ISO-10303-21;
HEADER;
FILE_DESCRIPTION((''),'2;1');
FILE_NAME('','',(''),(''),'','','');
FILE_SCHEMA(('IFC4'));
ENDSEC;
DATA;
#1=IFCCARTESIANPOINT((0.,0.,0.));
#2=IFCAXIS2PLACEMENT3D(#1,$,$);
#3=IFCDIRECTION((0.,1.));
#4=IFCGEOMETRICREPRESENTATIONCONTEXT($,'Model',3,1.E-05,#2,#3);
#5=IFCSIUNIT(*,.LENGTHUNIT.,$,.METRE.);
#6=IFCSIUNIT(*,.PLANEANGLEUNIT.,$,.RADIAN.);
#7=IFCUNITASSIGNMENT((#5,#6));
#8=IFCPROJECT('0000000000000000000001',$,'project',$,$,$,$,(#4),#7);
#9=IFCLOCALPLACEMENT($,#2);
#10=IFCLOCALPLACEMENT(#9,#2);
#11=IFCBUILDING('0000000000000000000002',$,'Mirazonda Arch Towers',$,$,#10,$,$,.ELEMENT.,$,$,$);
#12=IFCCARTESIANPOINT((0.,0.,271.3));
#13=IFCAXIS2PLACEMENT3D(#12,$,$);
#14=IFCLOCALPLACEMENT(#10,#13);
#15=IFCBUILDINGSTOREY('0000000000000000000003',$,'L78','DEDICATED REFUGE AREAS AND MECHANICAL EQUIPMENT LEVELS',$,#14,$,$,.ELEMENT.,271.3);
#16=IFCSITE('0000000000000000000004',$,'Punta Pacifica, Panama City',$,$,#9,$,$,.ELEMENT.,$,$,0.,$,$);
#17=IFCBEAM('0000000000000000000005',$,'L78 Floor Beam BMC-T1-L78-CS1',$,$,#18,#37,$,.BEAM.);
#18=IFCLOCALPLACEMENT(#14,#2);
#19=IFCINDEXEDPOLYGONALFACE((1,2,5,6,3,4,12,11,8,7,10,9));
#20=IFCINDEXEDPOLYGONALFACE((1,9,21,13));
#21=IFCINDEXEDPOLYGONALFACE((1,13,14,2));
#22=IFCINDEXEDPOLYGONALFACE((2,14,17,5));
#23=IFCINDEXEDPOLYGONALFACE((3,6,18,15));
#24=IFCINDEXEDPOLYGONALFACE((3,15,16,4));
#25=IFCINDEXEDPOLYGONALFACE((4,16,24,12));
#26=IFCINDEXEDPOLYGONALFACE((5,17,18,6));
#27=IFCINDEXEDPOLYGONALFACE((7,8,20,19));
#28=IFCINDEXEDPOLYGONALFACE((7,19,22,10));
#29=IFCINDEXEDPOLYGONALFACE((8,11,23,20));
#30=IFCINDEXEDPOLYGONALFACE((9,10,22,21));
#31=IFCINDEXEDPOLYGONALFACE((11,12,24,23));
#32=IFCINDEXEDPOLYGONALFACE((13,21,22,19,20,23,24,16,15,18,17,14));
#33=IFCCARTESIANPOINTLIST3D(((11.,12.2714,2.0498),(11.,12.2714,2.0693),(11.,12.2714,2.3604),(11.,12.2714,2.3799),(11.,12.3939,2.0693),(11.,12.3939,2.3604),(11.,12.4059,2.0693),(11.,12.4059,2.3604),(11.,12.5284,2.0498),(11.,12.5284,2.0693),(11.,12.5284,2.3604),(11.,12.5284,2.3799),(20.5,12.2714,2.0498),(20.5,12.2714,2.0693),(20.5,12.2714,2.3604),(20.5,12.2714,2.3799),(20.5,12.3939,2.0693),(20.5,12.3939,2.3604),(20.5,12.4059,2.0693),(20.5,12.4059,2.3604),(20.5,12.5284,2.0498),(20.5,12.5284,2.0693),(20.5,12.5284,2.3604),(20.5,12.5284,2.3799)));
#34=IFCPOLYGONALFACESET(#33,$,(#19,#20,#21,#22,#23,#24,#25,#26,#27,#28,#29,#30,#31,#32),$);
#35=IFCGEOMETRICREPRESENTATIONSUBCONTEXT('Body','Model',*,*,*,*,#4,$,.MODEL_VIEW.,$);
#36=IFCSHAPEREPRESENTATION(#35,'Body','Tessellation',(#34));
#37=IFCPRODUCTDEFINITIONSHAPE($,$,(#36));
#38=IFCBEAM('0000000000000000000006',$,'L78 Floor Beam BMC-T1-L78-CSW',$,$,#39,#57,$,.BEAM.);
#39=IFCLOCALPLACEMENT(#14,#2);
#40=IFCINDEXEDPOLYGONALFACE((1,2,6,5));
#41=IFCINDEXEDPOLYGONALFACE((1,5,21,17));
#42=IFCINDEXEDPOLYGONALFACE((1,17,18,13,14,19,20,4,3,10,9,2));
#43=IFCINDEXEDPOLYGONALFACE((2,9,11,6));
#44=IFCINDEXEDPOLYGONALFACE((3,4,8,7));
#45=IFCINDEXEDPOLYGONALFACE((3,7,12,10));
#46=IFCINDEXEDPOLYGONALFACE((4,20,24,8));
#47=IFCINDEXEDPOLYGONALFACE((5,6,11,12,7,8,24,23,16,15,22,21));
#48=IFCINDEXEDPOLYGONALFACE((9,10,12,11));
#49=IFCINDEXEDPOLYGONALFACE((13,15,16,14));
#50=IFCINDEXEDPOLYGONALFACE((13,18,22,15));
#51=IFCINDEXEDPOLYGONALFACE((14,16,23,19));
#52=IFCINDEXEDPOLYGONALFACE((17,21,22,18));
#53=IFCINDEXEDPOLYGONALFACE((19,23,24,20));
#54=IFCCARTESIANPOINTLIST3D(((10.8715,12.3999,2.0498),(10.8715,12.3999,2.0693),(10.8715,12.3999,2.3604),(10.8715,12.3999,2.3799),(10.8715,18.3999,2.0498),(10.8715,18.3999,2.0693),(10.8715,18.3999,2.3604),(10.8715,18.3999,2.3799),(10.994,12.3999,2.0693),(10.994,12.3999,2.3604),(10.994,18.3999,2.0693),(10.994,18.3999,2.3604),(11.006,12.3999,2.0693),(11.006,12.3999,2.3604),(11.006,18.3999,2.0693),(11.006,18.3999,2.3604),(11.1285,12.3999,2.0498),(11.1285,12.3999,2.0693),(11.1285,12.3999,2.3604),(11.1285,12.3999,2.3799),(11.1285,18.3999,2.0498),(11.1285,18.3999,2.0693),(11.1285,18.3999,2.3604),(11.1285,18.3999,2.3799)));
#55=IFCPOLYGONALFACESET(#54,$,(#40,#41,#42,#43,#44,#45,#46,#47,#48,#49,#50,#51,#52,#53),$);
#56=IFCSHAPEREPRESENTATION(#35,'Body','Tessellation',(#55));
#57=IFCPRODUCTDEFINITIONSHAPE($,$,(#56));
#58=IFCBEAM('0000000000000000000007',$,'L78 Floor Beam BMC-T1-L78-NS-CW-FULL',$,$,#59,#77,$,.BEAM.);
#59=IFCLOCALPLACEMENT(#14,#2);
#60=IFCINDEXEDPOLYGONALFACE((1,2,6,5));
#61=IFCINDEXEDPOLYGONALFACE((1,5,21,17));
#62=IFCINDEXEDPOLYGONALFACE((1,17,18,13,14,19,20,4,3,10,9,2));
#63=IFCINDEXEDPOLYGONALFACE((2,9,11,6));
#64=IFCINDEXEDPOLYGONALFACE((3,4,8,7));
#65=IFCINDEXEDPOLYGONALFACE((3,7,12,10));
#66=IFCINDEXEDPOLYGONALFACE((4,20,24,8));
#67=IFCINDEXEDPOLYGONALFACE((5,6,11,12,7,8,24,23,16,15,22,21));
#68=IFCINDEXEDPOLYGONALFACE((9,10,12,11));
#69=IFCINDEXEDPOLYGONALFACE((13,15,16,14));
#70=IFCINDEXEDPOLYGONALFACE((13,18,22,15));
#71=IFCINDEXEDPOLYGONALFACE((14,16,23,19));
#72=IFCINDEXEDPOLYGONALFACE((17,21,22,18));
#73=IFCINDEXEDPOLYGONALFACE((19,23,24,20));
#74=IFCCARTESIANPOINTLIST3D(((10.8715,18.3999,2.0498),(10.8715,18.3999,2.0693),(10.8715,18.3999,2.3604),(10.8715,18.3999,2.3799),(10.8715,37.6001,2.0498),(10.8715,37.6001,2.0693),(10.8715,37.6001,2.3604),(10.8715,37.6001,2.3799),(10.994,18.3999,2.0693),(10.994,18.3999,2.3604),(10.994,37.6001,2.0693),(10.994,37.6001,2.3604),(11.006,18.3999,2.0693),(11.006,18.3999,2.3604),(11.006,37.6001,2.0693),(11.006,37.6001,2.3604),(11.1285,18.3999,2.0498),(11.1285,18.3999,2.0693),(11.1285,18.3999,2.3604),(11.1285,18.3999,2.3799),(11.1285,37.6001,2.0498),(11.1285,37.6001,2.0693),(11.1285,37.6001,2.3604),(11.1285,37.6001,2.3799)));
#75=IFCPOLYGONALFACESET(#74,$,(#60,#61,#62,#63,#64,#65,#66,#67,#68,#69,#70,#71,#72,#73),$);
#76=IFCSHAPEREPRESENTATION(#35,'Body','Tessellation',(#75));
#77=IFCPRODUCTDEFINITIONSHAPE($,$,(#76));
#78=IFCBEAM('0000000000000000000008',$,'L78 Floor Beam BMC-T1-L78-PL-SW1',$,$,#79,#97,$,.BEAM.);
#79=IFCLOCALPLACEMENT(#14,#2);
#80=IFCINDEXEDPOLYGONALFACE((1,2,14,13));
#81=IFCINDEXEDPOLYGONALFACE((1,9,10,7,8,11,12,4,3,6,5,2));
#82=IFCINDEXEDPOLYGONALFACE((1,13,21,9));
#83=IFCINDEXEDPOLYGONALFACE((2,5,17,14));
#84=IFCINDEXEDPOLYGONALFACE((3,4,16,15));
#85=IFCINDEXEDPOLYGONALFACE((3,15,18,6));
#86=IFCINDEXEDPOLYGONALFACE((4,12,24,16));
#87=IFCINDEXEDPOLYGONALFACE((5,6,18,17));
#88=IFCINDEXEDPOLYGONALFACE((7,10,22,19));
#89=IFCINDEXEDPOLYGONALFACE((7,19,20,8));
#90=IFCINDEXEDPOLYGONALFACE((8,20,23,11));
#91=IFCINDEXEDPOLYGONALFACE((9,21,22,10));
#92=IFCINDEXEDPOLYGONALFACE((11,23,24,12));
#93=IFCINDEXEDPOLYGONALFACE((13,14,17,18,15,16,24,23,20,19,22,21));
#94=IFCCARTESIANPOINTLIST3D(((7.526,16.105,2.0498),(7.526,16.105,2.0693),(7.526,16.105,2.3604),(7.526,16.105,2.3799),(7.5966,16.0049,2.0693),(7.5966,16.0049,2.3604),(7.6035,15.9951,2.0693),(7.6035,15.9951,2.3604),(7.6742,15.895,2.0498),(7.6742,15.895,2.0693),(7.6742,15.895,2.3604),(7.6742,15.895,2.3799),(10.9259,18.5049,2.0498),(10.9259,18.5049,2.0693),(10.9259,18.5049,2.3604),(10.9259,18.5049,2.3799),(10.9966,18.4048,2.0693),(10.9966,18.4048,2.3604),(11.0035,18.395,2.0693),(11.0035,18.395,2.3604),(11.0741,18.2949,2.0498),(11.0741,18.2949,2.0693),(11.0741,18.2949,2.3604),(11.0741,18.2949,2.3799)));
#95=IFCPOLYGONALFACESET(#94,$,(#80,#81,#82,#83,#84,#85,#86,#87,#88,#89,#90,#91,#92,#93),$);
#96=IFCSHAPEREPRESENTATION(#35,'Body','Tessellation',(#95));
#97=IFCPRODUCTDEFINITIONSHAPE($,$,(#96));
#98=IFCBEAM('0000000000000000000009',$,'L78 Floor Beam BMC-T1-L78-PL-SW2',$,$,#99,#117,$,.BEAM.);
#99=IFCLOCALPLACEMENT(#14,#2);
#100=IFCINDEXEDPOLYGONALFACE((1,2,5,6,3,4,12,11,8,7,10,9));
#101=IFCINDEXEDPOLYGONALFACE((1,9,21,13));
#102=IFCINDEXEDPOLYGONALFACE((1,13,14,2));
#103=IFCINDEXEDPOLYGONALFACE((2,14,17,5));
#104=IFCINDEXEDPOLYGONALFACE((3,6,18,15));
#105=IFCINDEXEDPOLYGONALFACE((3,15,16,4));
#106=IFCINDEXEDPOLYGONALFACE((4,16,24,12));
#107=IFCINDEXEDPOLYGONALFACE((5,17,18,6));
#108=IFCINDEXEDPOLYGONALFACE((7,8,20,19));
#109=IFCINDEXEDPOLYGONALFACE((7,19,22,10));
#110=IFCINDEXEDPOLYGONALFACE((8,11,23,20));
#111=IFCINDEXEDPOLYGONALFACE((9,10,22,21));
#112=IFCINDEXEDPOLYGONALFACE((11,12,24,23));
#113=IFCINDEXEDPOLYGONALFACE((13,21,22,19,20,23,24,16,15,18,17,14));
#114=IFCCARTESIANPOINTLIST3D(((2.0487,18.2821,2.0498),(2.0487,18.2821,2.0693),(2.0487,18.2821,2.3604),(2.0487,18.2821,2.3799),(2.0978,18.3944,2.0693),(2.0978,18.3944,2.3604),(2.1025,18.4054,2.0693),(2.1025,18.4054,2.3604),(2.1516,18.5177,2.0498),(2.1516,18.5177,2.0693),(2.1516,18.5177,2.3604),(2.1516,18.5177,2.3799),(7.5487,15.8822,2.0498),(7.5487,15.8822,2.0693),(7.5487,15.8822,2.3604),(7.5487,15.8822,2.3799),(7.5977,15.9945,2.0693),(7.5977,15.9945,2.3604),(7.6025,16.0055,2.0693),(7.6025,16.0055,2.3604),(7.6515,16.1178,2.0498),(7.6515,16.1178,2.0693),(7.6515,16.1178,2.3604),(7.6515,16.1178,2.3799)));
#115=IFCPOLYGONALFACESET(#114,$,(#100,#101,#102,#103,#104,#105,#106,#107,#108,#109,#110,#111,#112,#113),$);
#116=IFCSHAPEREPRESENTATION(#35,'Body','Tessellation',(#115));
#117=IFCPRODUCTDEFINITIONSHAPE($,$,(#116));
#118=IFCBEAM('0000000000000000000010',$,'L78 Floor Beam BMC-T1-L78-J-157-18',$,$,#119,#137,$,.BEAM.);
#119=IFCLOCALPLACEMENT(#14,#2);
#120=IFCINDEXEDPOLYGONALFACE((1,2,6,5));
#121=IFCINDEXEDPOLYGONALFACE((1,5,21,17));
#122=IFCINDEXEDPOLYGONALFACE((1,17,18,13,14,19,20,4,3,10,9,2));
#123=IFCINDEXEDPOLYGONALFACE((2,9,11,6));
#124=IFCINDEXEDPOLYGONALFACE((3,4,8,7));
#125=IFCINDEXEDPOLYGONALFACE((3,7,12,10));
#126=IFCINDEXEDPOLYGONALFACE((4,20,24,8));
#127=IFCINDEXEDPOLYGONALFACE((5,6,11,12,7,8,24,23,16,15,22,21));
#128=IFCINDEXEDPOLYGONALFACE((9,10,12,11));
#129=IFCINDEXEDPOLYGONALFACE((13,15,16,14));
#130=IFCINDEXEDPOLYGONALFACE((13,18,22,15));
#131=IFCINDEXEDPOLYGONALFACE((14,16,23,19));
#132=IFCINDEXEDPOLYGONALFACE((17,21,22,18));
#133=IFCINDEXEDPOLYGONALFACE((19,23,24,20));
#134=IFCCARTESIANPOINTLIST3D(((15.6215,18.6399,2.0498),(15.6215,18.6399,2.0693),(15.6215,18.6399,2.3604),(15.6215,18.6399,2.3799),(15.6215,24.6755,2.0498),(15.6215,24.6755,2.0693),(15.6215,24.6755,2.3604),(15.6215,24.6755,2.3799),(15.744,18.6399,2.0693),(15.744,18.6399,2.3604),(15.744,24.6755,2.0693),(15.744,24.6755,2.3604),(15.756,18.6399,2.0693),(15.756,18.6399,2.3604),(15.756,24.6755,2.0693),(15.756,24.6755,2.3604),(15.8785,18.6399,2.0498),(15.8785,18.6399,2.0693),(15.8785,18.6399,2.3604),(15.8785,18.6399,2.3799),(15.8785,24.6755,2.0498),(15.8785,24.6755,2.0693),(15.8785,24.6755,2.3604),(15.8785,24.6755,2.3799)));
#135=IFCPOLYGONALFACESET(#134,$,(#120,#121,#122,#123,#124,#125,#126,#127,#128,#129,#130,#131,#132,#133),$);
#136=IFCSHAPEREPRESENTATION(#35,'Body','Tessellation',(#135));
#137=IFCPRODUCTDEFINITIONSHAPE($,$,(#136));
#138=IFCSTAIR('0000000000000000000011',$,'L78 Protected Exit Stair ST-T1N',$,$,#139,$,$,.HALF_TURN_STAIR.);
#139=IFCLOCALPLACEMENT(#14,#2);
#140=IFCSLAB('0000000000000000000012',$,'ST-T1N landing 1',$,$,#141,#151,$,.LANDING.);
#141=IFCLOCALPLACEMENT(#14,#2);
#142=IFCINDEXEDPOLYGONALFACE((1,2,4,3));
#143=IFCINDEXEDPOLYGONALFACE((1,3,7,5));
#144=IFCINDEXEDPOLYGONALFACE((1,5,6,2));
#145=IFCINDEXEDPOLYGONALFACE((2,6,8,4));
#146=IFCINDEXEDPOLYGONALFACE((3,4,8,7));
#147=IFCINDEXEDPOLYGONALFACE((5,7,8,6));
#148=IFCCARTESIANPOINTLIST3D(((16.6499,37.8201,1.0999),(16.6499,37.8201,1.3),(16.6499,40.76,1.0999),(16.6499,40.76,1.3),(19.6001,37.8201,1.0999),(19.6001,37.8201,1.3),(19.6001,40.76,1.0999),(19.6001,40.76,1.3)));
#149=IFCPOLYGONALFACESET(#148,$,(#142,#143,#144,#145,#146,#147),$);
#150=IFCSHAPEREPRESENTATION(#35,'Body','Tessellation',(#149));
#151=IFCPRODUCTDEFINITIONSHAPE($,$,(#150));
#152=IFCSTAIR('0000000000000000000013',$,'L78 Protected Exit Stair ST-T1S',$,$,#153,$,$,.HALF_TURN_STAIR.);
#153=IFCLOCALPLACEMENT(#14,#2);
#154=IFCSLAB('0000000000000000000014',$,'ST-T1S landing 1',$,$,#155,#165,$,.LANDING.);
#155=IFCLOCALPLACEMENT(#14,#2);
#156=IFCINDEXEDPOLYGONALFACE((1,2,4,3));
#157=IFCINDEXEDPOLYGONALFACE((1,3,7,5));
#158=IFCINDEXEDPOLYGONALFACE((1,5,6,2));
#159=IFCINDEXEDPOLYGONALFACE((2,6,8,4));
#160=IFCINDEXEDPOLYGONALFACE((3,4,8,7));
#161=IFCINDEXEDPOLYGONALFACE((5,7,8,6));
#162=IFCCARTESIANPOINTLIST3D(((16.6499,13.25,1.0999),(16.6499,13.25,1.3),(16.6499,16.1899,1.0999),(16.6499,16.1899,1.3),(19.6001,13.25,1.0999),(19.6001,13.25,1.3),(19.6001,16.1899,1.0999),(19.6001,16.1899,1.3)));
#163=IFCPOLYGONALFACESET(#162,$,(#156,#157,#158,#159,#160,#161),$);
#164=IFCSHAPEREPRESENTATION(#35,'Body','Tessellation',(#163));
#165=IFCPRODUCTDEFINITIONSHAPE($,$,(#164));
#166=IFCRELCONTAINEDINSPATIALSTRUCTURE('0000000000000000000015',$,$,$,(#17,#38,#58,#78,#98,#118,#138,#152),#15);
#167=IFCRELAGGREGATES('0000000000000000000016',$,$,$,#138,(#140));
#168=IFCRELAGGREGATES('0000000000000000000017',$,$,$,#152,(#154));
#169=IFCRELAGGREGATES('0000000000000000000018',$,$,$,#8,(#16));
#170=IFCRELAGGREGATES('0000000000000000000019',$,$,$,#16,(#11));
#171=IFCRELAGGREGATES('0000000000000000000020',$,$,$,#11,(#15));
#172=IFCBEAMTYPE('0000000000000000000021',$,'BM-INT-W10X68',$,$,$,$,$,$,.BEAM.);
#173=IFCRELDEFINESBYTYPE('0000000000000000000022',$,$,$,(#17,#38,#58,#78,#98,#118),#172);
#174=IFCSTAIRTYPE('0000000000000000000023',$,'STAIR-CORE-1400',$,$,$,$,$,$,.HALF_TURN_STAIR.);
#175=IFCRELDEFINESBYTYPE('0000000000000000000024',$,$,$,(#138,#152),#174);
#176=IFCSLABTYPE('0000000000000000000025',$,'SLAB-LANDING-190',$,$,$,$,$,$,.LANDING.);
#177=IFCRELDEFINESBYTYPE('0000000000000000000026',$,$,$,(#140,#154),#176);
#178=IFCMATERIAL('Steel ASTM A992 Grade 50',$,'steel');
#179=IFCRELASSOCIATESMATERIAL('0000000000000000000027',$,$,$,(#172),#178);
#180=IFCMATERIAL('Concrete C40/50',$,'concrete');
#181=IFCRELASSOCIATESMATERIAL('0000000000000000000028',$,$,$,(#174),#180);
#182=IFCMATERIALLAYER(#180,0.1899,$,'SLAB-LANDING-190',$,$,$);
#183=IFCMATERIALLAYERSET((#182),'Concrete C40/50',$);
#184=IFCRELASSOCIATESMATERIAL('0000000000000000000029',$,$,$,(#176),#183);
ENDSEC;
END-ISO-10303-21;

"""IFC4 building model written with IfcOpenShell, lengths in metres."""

from ifc_helpers import new_model, si_unit, direction, frame, origin, origin_2d, place, context, subcontext, project, spatial, polyline, i_section, outline, extrude, material, layer, layer_set, material_profile, profile_set, type_object, element, aggregate, save


model = new_model("IFC4")

# Units and contexts
model_context = context("Model", 3, precision=1e-05, world=origin(), true_north=direction((0.0, 1.0)))
body_context = subcontext(model_context, "Body", "Model", "MODEL_VIEW")
ifc_project = project(units=[si_unit("LENGTHUNIT", "METRE"), si_unit("PLANEANGLEUNIT", "RADIAN")], contexts=[model_context])

# Site, building, storey
site_placement = place(None, origin())
site = spatial("IfcSite", under=ifc_project, at=site_placement, Name="Punta Pacifica, Panama City", CompositionType="ELEMENT", RefElevation=0.0)
building_placement = place(site_placement, origin())
building = spatial("IfcBuilding", under=site, at=building_placement, Name="Mirazonda Arch Towers", CompositionType="ELEMENT")
storey_placement = place(building_placement, frame((0.0, 0.0, 271.3)))
storey = spatial("IfcBuildingStorey", under=building, at=storey_placement, Name="L78", Description="DEDICATED REFUGE AREAS AND MECHANICAL EQUIPMENT LEVELS", CompositionType="ELEMENT", Elevation=271.3)

# Beams
ifc_material_1 = material(Name="Steel ASTM A992 Grade 50", Category="steel")
ifc_material_profile_1 = material_profile(ifc_material_1, i_section(OverallWidth=0.2571, OverallDepth=0.3301, WebThickness=0.012, FlangeThickness=0.0195, at=origin_2d()), Name="W10X68")
ifc_profile_set_1 = profile_set([ifc_material_profile_1], Name="Steel ASTM A992 Grade 50")
beam_type_1 = type_object("IfcBeamType", Name="BM-INT-W10X68", PredefinedType="BEAM", material=ifc_profile_set_1)
beam_1_placement = place(storey_placement, frame((11.0, 12.3999, 2.2148), z_axis=(1.0, 0.0, 0.0), x_axis=(0.0, 1.0, 0.0)))
element("IfcBeam", 1, at=beam_1_placement, inside=storey, type_object=beam_type_1, Name="L78 Floor Beam BMC-T1-L78-CS1", PredefinedType="BEAM", context=body_context, shape_type="SweptSolid", body=[
    extrude(i_section(OverallWidth=0.2571, OverallDepth=0.3301, WebThickness=0.012, FlangeThickness=0.0195, at=origin_2d()), origin(), (0.0, 0.0, 1.0), 9.5),
])
beam_2_placement = place(storey_placement, frame((11.0, 12.3999, 2.2148), z_axis=(0.0, 1.0, 0.0), x_axis=(-1.0, 0.0, 0.0)))
element("IfcBeam", 2, at=beam_2_placement, inside=storey, type_object=beam_type_1, Name="L78 Floor Beam BMC-T1-L78-CSW", PredefinedType="BEAM", context=body_context, shape_type="SweptSolid", body=[
    extrude(i_section(OverallWidth=0.2571, OverallDepth=0.3301, WebThickness=0.012, FlangeThickness=0.0195, at=origin_2d()), origin(), (0.0, 0.0, 1.0), 6.0),
])
beam_3_placement = place(storey_placement, frame((11.0, 18.3999, 2.2148), z_axis=(0.0, 1.0, 0.0), x_axis=(-1.0, 0.0, 0.0)))
element("IfcBeam", 3, at=beam_3_placement, inside=storey, type_object=beam_type_1, Name="L78 Floor Beam BMC-T1-L78-NS-CW-FULL", PredefinedType="BEAM", context=body_context, shape_type="SweptSolid", body=[
    extrude(i_section(OverallWidth=0.2571, OverallDepth=0.3301, WebThickness=0.012, FlangeThickness=0.0195, at=origin_2d()), origin(), (0.0, 0.0, 1.0), 19.2002),
])
beam_4_placement = place(storey_placement, frame((7.6001, 16.0, 2.2148), z_axis=(0.816971, 0.576679, 0.0), x_axis=(-0.576679, 0.816971, 0.0)))
element("IfcBeam", 4, at=beam_4_placement, inside=storey, type_object=beam_type_1, Name="L78 Floor Beam BMC-T1-L78-PL-SW1", PredefinedType="BEAM", context=body_context, shape_type="SweptSolid", body=[
    extrude(i_section(OverallWidth=0.2571, OverallDepth=0.3301, WebThickness=0.012, FlangeThickness=0.0195, at=origin_2d()), origin(), (0.0, 0.0, 1.0), 4.1616),
])
beam_5_placement = place(storey_placement, frame((7.6001, 16.0, 2.2148), z_axis=(-0.916545, 0.399931, 0.0), x_axis=(-0.399931, -0.916545, 0.0)))
element("IfcBeam", 5, at=beam_5_placement, inside=storey, type_object=beam_type_1, Name="L78 Floor Beam BMC-T1-L78-PL-SW2", PredefinedType="BEAM", context=body_context, shape_type="SweptSolid", body=[
    extrude(i_section(OverallWidth=0.2571, OverallDepth=0.3301, WebThickness=0.012, FlangeThickness=0.0195, at=origin_2d()), origin(), (0.0, 0.0, 1.0), 6.0007),
])
beam_6_placement = place(storey_placement, frame((15.75, 18.6399, 2.2148), z_axis=(0.0, 1.0, 0.0), x_axis=(-1.0, 0.0, 0.0)))
element("IfcBeam", 6, at=beam_6_placement, inside=storey, type_object=beam_type_1, Name="L78 Floor Beam BMC-T1-L78-J-157-18", PredefinedType="BEAM", context=body_context, shape_type="SweptSolid", body=[
    extrude(i_section(OverallWidth=0.2571, OverallDepth=0.3301, WebThickness=0.012, FlangeThickness=0.0195, at=origin_2d()), origin(), (0.0, 0.0, 1.0), 6.0356),
])

# Stairs, slabs
ifc_material_2 = material(Name="Concrete C40/50", Category="concrete")
stair_type = type_object("IfcStairType", Name="STAIR-CORE-1400", PredefinedType="HALF_TURN_STAIR", material=ifc_material_2)
stair_1_placement = place(storey_placement, origin())
stair_1 = element("IfcStair", 7, at=stair_1_placement, inside=storey, type_object=stair_type, Name="L78 Protected Exit Stair ST-T1N", PredefinedType="HALF_TURN_STAIR")
ifc_layer_1 = layer(ifc_material_2, 0.1899, Name="SLAB-LANDING-190")
ifc_layer_set_1 = layer_set([ifc_layer_1], Name="Concrete C40/50")
slab_type_1 = type_object("IfcSlabType", Name="SLAB-LANDING-190", PredefinedType="LANDING", material=ifc_layer_set_1)
slab_1_placement = place(storey_placement, frame((0.0, 0.0, 1.0999)))
slab_1 = element("IfcSlab", 8, at=slab_1_placement, type_object=slab_type_1, Name="ST-T1N landing 1", PredefinedType="LANDING", context=body_context, shape_type="SweptSolid", body=[
    extrude(outline(polyline([(16.6499, 37.8201), (19.6001, 37.8201), (19.6001, 40.76), (16.6499, 40.76), (16.6499, 37.8201)])), origin(), (0.0, 0.0, 1.0), 0.2002),
])
aggregate(stair_1, [slab_1])
stair_2_placement = place(storey_placement, origin())
stair_2 = element("IfcStair", 9, at=stair_2_placement, inside=storey, type_object=stair_type, Name="L78 Protected Exit Stair ST-T1S", PredefinedType="HALF_TURN_STAIR")
slab_2_placement = place(storey_placement, frame((0.0, 0.0, 1.0999)))
slab_2 = element("IfcSlab", 10, at=slab_2_placement, type_object=slab_type_1, Name="ST-T1S landing 1", PredefinedType="LANDING", context=body_context, shape_type="SweptSolid", body=[
    extrude(outline(polyline([(16.6499, 13.25), (19.6001, 13.25), (19.6001, 16.1899), (16.6499, 16.1899), (16.6499, 13.25)])), origin(), (0.0, 0.0, 1.0), 0.2002),
])

aggregate(stair_2, [slab_2])

save(model, "model.ifc")
